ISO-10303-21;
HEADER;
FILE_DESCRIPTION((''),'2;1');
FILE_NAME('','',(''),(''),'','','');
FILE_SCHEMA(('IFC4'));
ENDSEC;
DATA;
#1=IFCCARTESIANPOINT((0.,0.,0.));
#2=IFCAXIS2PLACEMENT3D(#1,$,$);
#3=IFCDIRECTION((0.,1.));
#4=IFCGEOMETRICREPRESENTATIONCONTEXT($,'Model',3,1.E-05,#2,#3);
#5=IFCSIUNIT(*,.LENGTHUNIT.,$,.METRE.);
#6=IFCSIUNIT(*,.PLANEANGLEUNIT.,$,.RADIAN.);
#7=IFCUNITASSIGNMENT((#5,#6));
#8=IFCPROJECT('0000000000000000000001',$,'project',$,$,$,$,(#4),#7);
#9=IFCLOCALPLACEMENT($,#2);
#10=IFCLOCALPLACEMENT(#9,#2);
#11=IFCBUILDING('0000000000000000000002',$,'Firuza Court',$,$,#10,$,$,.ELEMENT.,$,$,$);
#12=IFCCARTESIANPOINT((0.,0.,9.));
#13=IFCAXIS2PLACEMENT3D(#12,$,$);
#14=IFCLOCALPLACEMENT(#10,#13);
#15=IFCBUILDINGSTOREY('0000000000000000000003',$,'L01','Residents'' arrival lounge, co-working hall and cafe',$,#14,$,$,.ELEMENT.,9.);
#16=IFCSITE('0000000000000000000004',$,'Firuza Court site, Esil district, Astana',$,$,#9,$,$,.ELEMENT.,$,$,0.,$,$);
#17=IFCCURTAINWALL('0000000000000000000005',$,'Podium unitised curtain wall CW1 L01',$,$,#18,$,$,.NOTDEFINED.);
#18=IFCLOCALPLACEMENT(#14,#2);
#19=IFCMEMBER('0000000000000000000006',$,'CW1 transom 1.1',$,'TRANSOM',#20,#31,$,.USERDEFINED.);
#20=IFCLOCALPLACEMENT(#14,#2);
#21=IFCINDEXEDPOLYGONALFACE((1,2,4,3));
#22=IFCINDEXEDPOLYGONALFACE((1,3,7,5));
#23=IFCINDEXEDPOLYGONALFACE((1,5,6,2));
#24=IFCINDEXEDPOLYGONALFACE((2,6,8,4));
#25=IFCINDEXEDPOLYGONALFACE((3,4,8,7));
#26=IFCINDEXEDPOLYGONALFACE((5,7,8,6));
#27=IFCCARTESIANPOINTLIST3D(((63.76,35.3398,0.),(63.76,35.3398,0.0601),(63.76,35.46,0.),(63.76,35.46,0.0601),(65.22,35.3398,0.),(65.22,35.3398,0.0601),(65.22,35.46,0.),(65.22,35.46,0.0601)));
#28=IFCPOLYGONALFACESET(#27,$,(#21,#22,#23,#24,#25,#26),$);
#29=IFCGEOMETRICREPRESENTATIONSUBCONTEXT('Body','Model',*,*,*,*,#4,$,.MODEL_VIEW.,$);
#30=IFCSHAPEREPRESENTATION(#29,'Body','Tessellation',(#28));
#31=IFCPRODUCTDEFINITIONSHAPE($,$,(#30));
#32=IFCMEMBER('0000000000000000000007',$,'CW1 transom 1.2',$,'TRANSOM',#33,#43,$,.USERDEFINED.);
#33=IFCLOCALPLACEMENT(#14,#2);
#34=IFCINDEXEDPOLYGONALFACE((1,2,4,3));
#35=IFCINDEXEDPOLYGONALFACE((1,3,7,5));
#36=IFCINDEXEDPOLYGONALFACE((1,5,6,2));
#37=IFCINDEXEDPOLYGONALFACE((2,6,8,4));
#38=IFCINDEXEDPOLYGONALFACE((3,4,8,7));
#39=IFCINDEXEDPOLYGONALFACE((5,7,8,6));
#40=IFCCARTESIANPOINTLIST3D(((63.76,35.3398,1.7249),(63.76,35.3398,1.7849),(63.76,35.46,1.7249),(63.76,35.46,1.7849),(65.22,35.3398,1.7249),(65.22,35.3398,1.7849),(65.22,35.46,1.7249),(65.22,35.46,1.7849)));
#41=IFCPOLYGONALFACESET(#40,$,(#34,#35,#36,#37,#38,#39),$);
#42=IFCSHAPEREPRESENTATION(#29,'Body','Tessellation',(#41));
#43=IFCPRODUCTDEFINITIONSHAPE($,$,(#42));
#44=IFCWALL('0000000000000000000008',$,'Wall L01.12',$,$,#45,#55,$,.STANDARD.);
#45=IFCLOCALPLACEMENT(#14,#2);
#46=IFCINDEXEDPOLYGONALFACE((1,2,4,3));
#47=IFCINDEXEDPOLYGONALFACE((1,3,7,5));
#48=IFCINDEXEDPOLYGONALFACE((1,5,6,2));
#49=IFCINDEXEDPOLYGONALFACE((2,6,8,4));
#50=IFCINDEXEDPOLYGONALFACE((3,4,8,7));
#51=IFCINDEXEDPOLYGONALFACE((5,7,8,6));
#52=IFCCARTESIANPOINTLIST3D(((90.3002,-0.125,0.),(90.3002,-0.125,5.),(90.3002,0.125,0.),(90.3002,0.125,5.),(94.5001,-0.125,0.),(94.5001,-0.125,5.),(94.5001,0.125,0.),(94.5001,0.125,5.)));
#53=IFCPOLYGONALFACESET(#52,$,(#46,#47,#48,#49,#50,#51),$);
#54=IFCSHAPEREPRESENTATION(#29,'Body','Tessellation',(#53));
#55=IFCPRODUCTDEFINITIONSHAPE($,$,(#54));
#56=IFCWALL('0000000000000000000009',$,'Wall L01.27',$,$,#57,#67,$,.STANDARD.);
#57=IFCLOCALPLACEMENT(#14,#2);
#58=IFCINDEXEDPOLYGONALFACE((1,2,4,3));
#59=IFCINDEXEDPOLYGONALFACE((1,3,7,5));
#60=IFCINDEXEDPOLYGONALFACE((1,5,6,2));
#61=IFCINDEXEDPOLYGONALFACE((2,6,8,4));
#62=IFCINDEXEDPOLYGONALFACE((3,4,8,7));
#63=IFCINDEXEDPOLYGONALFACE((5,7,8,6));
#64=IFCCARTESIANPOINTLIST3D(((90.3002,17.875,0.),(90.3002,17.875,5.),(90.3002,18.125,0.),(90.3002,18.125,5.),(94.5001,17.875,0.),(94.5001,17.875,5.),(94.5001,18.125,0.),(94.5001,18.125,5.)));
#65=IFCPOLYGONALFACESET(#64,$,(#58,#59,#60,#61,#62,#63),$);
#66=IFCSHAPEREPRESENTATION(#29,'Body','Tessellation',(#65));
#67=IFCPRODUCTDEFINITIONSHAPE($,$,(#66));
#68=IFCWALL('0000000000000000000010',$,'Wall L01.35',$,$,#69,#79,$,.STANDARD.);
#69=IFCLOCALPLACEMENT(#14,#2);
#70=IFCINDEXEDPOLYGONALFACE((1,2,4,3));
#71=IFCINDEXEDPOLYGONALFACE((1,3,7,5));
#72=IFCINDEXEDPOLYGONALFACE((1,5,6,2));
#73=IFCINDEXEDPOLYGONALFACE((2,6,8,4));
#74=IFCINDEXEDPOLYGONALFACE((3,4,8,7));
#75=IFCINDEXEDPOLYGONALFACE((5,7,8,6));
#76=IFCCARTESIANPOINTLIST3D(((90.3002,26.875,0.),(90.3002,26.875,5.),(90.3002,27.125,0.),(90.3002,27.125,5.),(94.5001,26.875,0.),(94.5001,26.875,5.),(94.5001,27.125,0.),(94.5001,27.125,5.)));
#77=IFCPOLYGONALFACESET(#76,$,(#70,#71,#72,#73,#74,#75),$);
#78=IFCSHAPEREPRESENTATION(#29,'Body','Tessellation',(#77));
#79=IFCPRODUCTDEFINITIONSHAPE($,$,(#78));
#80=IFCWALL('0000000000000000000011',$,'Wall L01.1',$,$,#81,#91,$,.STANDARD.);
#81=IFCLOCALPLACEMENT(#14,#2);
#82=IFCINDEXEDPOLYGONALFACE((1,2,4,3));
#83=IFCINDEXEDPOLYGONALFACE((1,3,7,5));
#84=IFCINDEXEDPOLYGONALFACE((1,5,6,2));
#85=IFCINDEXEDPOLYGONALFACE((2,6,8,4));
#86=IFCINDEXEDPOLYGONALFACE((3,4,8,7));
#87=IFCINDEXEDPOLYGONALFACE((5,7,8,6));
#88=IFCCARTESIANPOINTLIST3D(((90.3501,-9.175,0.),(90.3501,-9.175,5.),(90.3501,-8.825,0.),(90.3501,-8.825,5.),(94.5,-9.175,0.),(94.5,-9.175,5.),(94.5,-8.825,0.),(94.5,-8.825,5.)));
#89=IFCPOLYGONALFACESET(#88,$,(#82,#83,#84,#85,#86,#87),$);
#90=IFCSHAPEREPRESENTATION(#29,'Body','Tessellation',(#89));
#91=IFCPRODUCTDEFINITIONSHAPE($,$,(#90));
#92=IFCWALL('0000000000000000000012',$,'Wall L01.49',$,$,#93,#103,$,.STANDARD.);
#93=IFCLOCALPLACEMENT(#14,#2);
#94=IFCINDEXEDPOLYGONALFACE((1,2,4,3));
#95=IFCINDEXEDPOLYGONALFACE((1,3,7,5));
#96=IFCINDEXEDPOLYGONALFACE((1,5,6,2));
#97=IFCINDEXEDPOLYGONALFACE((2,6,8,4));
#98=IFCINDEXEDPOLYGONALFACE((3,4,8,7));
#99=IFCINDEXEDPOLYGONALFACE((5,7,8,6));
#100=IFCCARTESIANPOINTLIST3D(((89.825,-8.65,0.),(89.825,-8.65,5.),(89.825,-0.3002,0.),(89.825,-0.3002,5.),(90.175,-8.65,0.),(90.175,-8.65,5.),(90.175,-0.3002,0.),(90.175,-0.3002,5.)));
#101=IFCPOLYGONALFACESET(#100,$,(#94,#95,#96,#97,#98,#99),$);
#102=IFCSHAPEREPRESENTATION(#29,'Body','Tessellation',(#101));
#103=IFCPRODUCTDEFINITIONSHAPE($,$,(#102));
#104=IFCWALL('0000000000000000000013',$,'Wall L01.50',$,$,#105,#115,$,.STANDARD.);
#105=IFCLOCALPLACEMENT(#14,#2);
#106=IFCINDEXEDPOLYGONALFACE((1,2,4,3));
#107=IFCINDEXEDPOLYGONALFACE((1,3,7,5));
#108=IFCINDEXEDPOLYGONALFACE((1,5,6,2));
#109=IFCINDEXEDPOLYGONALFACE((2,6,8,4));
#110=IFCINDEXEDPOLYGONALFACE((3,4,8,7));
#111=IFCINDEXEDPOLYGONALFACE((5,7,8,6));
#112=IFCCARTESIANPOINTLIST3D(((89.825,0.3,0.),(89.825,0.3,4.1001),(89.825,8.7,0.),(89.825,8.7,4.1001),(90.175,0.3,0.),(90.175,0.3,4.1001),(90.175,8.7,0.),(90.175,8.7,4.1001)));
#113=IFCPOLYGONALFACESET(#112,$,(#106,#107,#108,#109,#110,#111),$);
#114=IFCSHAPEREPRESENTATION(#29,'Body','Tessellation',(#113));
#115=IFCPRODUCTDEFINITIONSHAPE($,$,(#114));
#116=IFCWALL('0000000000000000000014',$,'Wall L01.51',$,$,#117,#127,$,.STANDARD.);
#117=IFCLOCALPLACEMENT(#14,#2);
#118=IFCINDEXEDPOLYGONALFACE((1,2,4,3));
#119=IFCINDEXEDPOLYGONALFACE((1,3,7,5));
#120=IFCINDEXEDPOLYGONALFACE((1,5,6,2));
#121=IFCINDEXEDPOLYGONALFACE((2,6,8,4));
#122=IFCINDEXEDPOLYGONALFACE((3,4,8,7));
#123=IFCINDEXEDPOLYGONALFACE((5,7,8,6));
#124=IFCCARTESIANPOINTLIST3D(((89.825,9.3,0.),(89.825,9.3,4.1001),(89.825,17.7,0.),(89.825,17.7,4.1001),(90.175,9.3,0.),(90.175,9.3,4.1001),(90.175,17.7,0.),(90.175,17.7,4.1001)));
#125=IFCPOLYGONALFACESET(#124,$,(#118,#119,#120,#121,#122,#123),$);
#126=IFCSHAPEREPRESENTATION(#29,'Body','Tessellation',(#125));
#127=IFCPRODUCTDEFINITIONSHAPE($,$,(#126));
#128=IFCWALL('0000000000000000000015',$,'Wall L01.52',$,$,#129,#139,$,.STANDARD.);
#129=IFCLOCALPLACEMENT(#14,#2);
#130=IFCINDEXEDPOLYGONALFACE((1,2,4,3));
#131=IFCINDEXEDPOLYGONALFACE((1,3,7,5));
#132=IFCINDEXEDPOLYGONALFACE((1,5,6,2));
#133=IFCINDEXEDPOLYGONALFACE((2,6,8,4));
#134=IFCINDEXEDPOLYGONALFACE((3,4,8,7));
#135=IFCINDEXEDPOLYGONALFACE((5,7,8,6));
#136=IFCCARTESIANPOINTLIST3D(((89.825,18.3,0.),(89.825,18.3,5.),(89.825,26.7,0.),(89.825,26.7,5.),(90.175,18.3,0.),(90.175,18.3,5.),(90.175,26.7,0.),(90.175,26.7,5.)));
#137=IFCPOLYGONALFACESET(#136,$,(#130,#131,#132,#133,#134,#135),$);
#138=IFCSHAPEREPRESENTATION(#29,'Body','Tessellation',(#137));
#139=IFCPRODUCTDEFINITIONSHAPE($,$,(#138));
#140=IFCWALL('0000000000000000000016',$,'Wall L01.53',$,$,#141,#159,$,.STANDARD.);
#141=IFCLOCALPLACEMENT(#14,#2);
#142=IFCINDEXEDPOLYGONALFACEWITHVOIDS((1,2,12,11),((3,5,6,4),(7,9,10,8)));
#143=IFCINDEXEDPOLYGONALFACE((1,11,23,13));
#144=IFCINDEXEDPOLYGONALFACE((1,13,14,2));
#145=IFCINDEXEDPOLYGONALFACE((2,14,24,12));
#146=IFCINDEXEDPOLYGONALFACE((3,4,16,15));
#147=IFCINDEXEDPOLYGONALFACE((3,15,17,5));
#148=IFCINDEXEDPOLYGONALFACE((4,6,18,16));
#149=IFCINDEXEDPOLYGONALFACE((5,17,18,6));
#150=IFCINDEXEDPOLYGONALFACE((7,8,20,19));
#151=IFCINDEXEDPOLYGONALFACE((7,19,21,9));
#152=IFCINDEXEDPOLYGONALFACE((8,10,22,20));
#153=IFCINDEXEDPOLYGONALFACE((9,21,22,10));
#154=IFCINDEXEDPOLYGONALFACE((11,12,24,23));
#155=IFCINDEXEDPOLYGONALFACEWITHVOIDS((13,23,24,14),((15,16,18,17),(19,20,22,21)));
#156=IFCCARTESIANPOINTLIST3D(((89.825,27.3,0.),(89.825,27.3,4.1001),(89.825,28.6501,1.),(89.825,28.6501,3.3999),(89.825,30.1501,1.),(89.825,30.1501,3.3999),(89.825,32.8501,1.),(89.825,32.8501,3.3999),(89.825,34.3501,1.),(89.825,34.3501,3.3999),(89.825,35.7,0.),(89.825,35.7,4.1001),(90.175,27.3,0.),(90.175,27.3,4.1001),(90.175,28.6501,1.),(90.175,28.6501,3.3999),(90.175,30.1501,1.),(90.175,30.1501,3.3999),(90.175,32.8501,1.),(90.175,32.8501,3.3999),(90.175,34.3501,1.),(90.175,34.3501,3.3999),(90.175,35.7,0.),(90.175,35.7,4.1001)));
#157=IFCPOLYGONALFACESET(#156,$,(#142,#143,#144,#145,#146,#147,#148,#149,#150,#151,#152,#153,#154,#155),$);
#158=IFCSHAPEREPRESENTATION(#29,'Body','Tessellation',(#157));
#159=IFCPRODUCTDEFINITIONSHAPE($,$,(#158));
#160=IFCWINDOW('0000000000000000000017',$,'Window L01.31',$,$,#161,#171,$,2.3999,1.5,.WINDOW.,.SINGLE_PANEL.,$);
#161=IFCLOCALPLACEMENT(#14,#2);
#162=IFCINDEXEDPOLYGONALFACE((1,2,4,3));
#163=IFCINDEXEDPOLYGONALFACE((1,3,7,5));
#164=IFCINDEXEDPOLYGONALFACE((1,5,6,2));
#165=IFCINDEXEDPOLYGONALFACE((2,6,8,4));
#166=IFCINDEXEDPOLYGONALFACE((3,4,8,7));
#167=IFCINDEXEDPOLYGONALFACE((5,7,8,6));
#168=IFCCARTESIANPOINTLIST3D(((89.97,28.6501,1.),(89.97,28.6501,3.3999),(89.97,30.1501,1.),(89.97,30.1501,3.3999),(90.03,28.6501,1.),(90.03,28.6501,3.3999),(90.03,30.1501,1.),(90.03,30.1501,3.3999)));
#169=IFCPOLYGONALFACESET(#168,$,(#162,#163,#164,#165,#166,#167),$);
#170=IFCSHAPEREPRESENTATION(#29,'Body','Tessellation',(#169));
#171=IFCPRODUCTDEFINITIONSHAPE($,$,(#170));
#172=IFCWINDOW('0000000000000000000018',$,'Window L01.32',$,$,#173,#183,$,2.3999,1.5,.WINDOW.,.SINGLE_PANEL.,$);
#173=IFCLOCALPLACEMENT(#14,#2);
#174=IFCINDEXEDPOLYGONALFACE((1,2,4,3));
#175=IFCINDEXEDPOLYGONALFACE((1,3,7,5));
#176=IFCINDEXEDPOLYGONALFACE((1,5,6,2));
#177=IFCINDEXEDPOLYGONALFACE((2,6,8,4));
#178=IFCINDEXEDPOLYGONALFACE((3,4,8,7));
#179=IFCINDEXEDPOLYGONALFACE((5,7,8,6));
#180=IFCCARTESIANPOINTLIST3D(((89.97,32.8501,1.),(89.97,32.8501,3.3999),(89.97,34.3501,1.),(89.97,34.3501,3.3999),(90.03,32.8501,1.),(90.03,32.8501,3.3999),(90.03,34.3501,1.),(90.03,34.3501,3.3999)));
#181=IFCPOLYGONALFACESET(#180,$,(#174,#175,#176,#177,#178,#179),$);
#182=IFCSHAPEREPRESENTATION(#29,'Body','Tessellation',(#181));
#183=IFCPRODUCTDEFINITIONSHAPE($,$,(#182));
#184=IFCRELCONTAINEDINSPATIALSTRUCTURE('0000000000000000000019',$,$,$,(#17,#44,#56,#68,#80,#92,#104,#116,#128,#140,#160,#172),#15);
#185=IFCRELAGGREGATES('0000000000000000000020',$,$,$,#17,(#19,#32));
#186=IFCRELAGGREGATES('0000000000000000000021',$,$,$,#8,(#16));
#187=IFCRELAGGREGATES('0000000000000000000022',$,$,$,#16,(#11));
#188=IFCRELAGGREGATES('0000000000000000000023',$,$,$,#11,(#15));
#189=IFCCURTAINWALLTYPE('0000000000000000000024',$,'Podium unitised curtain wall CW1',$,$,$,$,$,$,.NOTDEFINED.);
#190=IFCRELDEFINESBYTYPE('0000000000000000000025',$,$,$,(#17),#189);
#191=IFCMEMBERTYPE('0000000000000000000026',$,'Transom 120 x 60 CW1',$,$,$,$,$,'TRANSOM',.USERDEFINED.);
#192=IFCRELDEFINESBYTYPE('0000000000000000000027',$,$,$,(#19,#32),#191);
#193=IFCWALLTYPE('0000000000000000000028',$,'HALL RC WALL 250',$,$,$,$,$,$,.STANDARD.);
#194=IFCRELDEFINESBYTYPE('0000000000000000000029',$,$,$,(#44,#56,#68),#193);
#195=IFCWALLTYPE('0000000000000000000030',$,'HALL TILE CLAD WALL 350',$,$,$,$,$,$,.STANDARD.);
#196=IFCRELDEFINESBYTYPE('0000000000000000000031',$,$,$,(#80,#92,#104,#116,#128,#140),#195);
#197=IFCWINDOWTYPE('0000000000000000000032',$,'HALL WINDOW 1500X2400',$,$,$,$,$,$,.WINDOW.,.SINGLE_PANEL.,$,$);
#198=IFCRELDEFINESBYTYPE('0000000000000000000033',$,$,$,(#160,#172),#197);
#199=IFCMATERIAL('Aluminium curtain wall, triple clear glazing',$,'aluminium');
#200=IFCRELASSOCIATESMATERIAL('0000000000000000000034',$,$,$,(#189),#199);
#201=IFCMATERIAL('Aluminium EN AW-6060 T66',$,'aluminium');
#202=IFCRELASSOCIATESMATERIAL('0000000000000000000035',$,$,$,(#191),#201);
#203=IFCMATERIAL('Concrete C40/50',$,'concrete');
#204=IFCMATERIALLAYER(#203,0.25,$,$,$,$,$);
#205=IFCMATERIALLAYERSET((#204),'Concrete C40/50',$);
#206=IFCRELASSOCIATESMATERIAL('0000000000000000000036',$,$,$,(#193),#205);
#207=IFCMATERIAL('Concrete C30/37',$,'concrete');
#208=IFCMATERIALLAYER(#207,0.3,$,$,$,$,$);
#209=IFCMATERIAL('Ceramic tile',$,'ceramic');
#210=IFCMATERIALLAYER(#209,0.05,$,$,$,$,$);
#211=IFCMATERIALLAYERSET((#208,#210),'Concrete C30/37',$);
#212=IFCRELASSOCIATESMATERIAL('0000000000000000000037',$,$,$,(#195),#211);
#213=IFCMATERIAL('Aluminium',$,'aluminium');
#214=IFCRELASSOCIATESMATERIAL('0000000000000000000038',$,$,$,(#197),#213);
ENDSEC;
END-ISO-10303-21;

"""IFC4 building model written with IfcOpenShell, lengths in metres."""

from ifc_helpers import new_model, si_unit, direction, frame, frame_2d, origin, origin_2d, place, context, subcontext, project, spatial, rectangle, extrude, material, layer, layer_set, material_profile, profile_set, type_object, element, fill, aggregate, save


model = new_model("IFC4")

# Units and contexts
model_context = context("Model", 3, precision=1e-05, world=origin(), true_north=direction((0.0, 1.0)))
body_context = subcontext(model_context, "Body", "Model", "MODEL_VIEW")
ifc_project = project(units=[si_unit("LENGTHUNIT", "METRE"), si_unit("PLANEANGLEUNIT", "RADIAN")], contexts=[model_context])

# Site, building, storey
site_placement = place(None, origin())
site = spatial("IfcSite", under=ifc_project, at=site_placement, Name="Firuza Court site, Esil district, Astana", CompositionType="ELEMENT", RefElevation=0.0)
building_placement = place(site_placement, origin())
building = spatial("IfcBuilding", under=site, at=building_placement, Name="Firuza Court", CompositionType="ELEMENT")
storey_placement = place(building_placement, frame((0.0, 0.0, 9.0)))
storey = spatial("IfcBuildingStorey", under=building, at=storey_placement, Name="L01", Description="Residents' arrival lounge, co-working hall and cafe", CompositionType="ELEMENT", Elevation=9.0)

# Curtain wall
ifc_material_1 = material(Name="Aluminium curtain wall, triple clear glazing", Category="aluminium")
curtain_wall_type = type_object("IfcCurtainWallType", Name="Podium unitised curtain wall CW1", PredefinedType="NOTDEFINED", material=ifc_material_1)
curtain_wall_1_placement = place(storey_placement, origin())
curtain_wall_1 = element("IfcCurtainWall", 1, at=curtain_wall_1_placement, inside=storey, type_object=curtain_wall_type, Name="Podium unitised curtain wall CW1 L01", PredefinedType="NOTDEFINED")

# Members
ifc_material_2 = material(Name="Aluminium EN AW-6060 T66", Category="aluminium")
ifc_material_profile_1 = material_profile(ifc_material_2, rectangle(XDim=0.1201, YDim=0.0601, at=origin_2d()), Name="Transom 120 x 60 CW1")
ifc_profile_set_1 = profile_set([ifc_material_profile_1], Name="Aluminium EN AW-6060 T66")
member_type_1 = type_object("IfcMemberType", Name="Transom 120 x 60 CW1", ElementType="TRANSOM", PredefinedType="USERDEFINED", material=ifc_profile_set_1)
member_1_placement = place(storey_placement, frame((63.76, 35.3999, 0.03), z_axis=(1.0, 0.0, 0.0), x_axis=(0.0, 1.0, 0.0)))
member_1 = element("IfcMember", 2, at=member_1_placement, type_object=member_type_1, Name="CW1 transom 1.1", ObjectType="TRANSOM", PredefinedType="USERDEFINED", context=body_context, shape_type="SweptSolid", body=[
    extrude(rectangle(XDim=0.1201, YDim=0.0601, at=origin_2d()), origin(), (0.0, 0.0, 1.0), 1.46),
])
member_2_placement = place(storey_placement, frame((63.76, 35.3999, 1.7549), z_axis=(1.0, 0.0, 0.0), x_axis=(0.0, 1.0, 0.0)))
member_2 = element("IfcMember", 3, at=member_2_placement, type_object=member_type_1, Name="CW1 transom 1.2", ObjectType="TRANSOM", PredefinedType="USERDEFINED", context=body_context, shape_type="SweptSolid", body=[
    extrude(rectangle(XDim=0.1201, YDim=0.0601, at=origin_2d()), origin(), (0.0, 0.0, 1.0), 1.46),
])
aggregate(curtain_wall_1, [member_1, member_2])

# Walls
ifc_material_3 = material(Name="Concrete C40/50", Category="concrete")
ifc_layer_1 = layer(ifc_material_3, 0.25)
ifc_layer_set_1 = layer_set([ifc_layer_1], Name="Concrete C40/50")
wall_type_1 = type_object("IfcWallType", Name="HALL RC WALL 250", PredefinedType="STANDARD", material=ifc_layer_set_1)
for number, where, z_axis, x_axis, name in (
    (4, (90.3, 0.0, 0.0), (0.0, 0.0, 1.0), (1.0, 0.0, 0.0), "Wall L01.12"),
    (5, (90.3, 18.0, 0.0), (0.0, 0.0, 1.0), (1.0, 0.0, 0.0), "Wall L01.27"),
    (6, (90.3, 27.0, 0.0), (0.0, 0.0, 1.0), (1.0, 0.0, 0.0), "Wall L01.35"),
):
    element("IfcWall", number, at=place(storey_placement, frame(where, z_axis=z_axis, x_axis=x_axis)), inside=storey, type_object=wall_type_1, Name=name, PredefinedType="STANDARD", context=body_context, shape_type="SweptSolid", body=[
        extrude(rectangle(XDim=4.2, YDim=0.25, at=frame_2d((2.1001, 0.0))), origin(), (0.0, 0.0, 1.0), 5.0),
    ])
ifc_material_4 = material(Name="Concrete C30/37", Category="concrete")
ifc_layer_2 = layer(ifc_material_4, 0.3)
ifc_material_5 = material(Name="Ceramic tile", Category="ceramic")
ifc_layer_3 = layer(ifc_material_5, 0.05)
ifc_layer_set_2 = layer_set([ifc_layer_2, ifc_layer_3], Name="Concrete C30/37")
wall_type_2 = type_object("IfcWallType", Name="HALL TILE CLAD WALL 350", PredefinedType="STANDARD", material=ifc_layer_set_2)
wall_1_placement = place(storey_placement, frame((90.3501, -9.0, 0.0), z_axis=(0.0, 0.0, 1.0), x_axis=(1.0, 0.0, 0.0)))
element("IfcWall", 7, at=wall_1_placement, inside=storey, type_object=wall_type_2, Name="Wall L01.1", PredefinedType="STANDARD", context=body_context, shape_type="SweptSolid", body=[
    extrude(rectangle(XDim=4.1499, YDim=0.3501, at=frame_2d((2.075, 0.0))), origin(), (0.0, 0.0, 1.0), 5.0),
])
wall_2_placement = place(storey_placement, frame((90.0, -8.6499, 0.0), z_axis=(0.0, 0.0, 1.0), x_axis=(0.0, 1.0, 0.0)))
element("IfcWall", 8, at=wall_2_placement, inside=storey, type_object=wall_type_2, Name="Wall L01.49", PredefinedType="STANDARD", context=body_context, shape_type="SweptSolid", body=[
    extrude(rectangle(XDim=8.3499, YDim=0.3501, at=frame_2d((4.1748, 0.0))), origin(), (0.0, 0.0, 1.0), 5.0),
])
for number, where, z_axis, x_axis, name in (
    (9, (90.0, 0.3, 0.0), (0.0, 0.0, 1.0), (0.0, 1.0, 0.0), "Wall L01.50"),
    (10, (90.0, 9.3, 0.0), (0.0, 0.0, 1.0), (0.0, 1.0, 0.0), "Wall L01.51"),
):
    element("IfcWall", number, at=place(storey_placement, frame(where, z_axis=z_axis, x_axis=x_axis)), inside=storey, type_object=wall_type_2, Name=name, PredefinedType="STANDARD", context=body_context, shape_type="SweptSolid", body=[
        extrude(rectangle(XDim=8.3999, YDim=0.3501, at=frame_2d((4.2, 0.0))), origin(), (0.0, 0.0, 1.0), 4.1001),
    ])
wall_3_placement = place(storey_placement, frame((90.0, 18.3, 0.0), z_axis=(0.0, 0.0, 1.0), x_axis=(0.0, 1.0, 0.0)))
element("IfcWall", 11, at=wall_3_placement, inside=storey, type_object=wall_type_2, Name="Wall L01.52", PredefinedType="STANDARD", context=body_context, shape_type="SweptSolid", body=[
    extrude(rectangle(XDim=8.3999, YDim=0.3501, at=frame_2d((4.2, 0.0))), origin(), (0.0, 0.0, 1.0), 5.0),
])

# Wall, openings, windows
wall_4_placement = place(storey_placement, frame((90.0, 27.3, 0.0), z_axis=(0.0, 0.0, 1.0), x_axis=(0.0, 1.0, 0.0)))
wall_4 = element("IfcWall", 12, at=wall_4_placement, inside=storey, type_object=wall_type_2, Name="Wall L01.53", PredefinedType="STANDARD", context=body_context, shape_type="SweptSolid", body=[
    extrude(rectangle(XDim=8.3999, YDim=0.3501, at=frame_2d((4.2, 0.0))), origin(), (0.0, 0.0, 1.0), 4.1001),
])
opening_1_placement = place(wall_4_placement, frame((1.3501, 0.0, 1.0)))
opening_1 = element("IfcOpeningElement", 13, at=opening_1_placement, cuts=wall_4, PredefinedType="OPENING", context=body_context, shape_type="SweptSolid", body=[
    extrude(rectangle(XDim=1.5, YDim=2.3999, at=frame_2d((0.75, 1.2))), frame((0.0, 0.187, 0.0), z_axis=(0.0, -1.0, 0.0), x_axis=(1.0, 0.0, 0.0)), (0.0, 0.0, 1.0), 0.374),
])
opening_2_placement = place(wall_4_placement, frame((5.55, 0.0, 1.0)))
opening_2 = element("IfcOpeningElement", 14, at=opening_2_placement, cuts=wall_4, PredefinedType="OPENING", context=body_context, shape_type="SweptSolid", body=[
    extrude(rectangle(XDim=1.5, YDim=2.3999, at=frame_2d((0.75, 1.2))), frame((0.0, 0.187, 0.0), z_axis=(0.0, -1.0, 0.0), x_axis=(1.0, 0.0, 0.0)), (0.0, 0.0, 1.0), 0.374),
])
ifc_material_6 = material(Name="Aluminium", Category="aluminium")
window_type = type_object("IfcWindowType", Name="HALL WINDOW 1500X2400", PartitioningType="SINGLE_PANEL", PredefinedType="WINDOW", material=ifc_material_6)
window_1_placement = place(opening_1_placement, origin())
window_1 = element("IfcWindow", 15, at=window_1_placement, inside=storey, type_object=window_type, Name="Window L01.31", OverallHeight=2.3999, OverallWidth=1.5, PartitioningType="SINGLE_PANEL", PredefinedType="WINDOW", context=body_context, shape_type="SweptSolid", body=[
    extrude(rectangle(XDim=1.5, YDim=2.3999, at=frame_2d((0.75, 1.2))), frame((0.0, 0.03, 0.0), z_axis=(0.0, -1.0, 0.0), x_axis=(1.0, 0.0, 0.0)), (0.0, 0.0, 1.0), 0.0601),
])
fill(opening_1, window_1)
window_2_placement = place(opening_2_placement, origin())
window_2 = element("IfcWindow", 16, at=window_2_placement, inside=storey, type_object=window_type, Name="Window L01.32", OverallHeight=2.3999, OverallWidth=1.5, PartitioningType="SINGLE_PANEL", PredefinedType="WINDOW", context=body_context, shape_type="SweptSolid", body=[
    extrude(rectangle(XDim=1.5, YDim=2.3999, at=frame_2d((0.75, 1.2))), frame((0.0, 0.03, 0.0), z_axis=(0.0, -1.0, 0.0), x_axis=(1.0, 0.0, 0.0)), (0.0, 0.0, 1.0), 0.0601),
])
fill(opening_2, window_2)

save(model, "model.ifc")
